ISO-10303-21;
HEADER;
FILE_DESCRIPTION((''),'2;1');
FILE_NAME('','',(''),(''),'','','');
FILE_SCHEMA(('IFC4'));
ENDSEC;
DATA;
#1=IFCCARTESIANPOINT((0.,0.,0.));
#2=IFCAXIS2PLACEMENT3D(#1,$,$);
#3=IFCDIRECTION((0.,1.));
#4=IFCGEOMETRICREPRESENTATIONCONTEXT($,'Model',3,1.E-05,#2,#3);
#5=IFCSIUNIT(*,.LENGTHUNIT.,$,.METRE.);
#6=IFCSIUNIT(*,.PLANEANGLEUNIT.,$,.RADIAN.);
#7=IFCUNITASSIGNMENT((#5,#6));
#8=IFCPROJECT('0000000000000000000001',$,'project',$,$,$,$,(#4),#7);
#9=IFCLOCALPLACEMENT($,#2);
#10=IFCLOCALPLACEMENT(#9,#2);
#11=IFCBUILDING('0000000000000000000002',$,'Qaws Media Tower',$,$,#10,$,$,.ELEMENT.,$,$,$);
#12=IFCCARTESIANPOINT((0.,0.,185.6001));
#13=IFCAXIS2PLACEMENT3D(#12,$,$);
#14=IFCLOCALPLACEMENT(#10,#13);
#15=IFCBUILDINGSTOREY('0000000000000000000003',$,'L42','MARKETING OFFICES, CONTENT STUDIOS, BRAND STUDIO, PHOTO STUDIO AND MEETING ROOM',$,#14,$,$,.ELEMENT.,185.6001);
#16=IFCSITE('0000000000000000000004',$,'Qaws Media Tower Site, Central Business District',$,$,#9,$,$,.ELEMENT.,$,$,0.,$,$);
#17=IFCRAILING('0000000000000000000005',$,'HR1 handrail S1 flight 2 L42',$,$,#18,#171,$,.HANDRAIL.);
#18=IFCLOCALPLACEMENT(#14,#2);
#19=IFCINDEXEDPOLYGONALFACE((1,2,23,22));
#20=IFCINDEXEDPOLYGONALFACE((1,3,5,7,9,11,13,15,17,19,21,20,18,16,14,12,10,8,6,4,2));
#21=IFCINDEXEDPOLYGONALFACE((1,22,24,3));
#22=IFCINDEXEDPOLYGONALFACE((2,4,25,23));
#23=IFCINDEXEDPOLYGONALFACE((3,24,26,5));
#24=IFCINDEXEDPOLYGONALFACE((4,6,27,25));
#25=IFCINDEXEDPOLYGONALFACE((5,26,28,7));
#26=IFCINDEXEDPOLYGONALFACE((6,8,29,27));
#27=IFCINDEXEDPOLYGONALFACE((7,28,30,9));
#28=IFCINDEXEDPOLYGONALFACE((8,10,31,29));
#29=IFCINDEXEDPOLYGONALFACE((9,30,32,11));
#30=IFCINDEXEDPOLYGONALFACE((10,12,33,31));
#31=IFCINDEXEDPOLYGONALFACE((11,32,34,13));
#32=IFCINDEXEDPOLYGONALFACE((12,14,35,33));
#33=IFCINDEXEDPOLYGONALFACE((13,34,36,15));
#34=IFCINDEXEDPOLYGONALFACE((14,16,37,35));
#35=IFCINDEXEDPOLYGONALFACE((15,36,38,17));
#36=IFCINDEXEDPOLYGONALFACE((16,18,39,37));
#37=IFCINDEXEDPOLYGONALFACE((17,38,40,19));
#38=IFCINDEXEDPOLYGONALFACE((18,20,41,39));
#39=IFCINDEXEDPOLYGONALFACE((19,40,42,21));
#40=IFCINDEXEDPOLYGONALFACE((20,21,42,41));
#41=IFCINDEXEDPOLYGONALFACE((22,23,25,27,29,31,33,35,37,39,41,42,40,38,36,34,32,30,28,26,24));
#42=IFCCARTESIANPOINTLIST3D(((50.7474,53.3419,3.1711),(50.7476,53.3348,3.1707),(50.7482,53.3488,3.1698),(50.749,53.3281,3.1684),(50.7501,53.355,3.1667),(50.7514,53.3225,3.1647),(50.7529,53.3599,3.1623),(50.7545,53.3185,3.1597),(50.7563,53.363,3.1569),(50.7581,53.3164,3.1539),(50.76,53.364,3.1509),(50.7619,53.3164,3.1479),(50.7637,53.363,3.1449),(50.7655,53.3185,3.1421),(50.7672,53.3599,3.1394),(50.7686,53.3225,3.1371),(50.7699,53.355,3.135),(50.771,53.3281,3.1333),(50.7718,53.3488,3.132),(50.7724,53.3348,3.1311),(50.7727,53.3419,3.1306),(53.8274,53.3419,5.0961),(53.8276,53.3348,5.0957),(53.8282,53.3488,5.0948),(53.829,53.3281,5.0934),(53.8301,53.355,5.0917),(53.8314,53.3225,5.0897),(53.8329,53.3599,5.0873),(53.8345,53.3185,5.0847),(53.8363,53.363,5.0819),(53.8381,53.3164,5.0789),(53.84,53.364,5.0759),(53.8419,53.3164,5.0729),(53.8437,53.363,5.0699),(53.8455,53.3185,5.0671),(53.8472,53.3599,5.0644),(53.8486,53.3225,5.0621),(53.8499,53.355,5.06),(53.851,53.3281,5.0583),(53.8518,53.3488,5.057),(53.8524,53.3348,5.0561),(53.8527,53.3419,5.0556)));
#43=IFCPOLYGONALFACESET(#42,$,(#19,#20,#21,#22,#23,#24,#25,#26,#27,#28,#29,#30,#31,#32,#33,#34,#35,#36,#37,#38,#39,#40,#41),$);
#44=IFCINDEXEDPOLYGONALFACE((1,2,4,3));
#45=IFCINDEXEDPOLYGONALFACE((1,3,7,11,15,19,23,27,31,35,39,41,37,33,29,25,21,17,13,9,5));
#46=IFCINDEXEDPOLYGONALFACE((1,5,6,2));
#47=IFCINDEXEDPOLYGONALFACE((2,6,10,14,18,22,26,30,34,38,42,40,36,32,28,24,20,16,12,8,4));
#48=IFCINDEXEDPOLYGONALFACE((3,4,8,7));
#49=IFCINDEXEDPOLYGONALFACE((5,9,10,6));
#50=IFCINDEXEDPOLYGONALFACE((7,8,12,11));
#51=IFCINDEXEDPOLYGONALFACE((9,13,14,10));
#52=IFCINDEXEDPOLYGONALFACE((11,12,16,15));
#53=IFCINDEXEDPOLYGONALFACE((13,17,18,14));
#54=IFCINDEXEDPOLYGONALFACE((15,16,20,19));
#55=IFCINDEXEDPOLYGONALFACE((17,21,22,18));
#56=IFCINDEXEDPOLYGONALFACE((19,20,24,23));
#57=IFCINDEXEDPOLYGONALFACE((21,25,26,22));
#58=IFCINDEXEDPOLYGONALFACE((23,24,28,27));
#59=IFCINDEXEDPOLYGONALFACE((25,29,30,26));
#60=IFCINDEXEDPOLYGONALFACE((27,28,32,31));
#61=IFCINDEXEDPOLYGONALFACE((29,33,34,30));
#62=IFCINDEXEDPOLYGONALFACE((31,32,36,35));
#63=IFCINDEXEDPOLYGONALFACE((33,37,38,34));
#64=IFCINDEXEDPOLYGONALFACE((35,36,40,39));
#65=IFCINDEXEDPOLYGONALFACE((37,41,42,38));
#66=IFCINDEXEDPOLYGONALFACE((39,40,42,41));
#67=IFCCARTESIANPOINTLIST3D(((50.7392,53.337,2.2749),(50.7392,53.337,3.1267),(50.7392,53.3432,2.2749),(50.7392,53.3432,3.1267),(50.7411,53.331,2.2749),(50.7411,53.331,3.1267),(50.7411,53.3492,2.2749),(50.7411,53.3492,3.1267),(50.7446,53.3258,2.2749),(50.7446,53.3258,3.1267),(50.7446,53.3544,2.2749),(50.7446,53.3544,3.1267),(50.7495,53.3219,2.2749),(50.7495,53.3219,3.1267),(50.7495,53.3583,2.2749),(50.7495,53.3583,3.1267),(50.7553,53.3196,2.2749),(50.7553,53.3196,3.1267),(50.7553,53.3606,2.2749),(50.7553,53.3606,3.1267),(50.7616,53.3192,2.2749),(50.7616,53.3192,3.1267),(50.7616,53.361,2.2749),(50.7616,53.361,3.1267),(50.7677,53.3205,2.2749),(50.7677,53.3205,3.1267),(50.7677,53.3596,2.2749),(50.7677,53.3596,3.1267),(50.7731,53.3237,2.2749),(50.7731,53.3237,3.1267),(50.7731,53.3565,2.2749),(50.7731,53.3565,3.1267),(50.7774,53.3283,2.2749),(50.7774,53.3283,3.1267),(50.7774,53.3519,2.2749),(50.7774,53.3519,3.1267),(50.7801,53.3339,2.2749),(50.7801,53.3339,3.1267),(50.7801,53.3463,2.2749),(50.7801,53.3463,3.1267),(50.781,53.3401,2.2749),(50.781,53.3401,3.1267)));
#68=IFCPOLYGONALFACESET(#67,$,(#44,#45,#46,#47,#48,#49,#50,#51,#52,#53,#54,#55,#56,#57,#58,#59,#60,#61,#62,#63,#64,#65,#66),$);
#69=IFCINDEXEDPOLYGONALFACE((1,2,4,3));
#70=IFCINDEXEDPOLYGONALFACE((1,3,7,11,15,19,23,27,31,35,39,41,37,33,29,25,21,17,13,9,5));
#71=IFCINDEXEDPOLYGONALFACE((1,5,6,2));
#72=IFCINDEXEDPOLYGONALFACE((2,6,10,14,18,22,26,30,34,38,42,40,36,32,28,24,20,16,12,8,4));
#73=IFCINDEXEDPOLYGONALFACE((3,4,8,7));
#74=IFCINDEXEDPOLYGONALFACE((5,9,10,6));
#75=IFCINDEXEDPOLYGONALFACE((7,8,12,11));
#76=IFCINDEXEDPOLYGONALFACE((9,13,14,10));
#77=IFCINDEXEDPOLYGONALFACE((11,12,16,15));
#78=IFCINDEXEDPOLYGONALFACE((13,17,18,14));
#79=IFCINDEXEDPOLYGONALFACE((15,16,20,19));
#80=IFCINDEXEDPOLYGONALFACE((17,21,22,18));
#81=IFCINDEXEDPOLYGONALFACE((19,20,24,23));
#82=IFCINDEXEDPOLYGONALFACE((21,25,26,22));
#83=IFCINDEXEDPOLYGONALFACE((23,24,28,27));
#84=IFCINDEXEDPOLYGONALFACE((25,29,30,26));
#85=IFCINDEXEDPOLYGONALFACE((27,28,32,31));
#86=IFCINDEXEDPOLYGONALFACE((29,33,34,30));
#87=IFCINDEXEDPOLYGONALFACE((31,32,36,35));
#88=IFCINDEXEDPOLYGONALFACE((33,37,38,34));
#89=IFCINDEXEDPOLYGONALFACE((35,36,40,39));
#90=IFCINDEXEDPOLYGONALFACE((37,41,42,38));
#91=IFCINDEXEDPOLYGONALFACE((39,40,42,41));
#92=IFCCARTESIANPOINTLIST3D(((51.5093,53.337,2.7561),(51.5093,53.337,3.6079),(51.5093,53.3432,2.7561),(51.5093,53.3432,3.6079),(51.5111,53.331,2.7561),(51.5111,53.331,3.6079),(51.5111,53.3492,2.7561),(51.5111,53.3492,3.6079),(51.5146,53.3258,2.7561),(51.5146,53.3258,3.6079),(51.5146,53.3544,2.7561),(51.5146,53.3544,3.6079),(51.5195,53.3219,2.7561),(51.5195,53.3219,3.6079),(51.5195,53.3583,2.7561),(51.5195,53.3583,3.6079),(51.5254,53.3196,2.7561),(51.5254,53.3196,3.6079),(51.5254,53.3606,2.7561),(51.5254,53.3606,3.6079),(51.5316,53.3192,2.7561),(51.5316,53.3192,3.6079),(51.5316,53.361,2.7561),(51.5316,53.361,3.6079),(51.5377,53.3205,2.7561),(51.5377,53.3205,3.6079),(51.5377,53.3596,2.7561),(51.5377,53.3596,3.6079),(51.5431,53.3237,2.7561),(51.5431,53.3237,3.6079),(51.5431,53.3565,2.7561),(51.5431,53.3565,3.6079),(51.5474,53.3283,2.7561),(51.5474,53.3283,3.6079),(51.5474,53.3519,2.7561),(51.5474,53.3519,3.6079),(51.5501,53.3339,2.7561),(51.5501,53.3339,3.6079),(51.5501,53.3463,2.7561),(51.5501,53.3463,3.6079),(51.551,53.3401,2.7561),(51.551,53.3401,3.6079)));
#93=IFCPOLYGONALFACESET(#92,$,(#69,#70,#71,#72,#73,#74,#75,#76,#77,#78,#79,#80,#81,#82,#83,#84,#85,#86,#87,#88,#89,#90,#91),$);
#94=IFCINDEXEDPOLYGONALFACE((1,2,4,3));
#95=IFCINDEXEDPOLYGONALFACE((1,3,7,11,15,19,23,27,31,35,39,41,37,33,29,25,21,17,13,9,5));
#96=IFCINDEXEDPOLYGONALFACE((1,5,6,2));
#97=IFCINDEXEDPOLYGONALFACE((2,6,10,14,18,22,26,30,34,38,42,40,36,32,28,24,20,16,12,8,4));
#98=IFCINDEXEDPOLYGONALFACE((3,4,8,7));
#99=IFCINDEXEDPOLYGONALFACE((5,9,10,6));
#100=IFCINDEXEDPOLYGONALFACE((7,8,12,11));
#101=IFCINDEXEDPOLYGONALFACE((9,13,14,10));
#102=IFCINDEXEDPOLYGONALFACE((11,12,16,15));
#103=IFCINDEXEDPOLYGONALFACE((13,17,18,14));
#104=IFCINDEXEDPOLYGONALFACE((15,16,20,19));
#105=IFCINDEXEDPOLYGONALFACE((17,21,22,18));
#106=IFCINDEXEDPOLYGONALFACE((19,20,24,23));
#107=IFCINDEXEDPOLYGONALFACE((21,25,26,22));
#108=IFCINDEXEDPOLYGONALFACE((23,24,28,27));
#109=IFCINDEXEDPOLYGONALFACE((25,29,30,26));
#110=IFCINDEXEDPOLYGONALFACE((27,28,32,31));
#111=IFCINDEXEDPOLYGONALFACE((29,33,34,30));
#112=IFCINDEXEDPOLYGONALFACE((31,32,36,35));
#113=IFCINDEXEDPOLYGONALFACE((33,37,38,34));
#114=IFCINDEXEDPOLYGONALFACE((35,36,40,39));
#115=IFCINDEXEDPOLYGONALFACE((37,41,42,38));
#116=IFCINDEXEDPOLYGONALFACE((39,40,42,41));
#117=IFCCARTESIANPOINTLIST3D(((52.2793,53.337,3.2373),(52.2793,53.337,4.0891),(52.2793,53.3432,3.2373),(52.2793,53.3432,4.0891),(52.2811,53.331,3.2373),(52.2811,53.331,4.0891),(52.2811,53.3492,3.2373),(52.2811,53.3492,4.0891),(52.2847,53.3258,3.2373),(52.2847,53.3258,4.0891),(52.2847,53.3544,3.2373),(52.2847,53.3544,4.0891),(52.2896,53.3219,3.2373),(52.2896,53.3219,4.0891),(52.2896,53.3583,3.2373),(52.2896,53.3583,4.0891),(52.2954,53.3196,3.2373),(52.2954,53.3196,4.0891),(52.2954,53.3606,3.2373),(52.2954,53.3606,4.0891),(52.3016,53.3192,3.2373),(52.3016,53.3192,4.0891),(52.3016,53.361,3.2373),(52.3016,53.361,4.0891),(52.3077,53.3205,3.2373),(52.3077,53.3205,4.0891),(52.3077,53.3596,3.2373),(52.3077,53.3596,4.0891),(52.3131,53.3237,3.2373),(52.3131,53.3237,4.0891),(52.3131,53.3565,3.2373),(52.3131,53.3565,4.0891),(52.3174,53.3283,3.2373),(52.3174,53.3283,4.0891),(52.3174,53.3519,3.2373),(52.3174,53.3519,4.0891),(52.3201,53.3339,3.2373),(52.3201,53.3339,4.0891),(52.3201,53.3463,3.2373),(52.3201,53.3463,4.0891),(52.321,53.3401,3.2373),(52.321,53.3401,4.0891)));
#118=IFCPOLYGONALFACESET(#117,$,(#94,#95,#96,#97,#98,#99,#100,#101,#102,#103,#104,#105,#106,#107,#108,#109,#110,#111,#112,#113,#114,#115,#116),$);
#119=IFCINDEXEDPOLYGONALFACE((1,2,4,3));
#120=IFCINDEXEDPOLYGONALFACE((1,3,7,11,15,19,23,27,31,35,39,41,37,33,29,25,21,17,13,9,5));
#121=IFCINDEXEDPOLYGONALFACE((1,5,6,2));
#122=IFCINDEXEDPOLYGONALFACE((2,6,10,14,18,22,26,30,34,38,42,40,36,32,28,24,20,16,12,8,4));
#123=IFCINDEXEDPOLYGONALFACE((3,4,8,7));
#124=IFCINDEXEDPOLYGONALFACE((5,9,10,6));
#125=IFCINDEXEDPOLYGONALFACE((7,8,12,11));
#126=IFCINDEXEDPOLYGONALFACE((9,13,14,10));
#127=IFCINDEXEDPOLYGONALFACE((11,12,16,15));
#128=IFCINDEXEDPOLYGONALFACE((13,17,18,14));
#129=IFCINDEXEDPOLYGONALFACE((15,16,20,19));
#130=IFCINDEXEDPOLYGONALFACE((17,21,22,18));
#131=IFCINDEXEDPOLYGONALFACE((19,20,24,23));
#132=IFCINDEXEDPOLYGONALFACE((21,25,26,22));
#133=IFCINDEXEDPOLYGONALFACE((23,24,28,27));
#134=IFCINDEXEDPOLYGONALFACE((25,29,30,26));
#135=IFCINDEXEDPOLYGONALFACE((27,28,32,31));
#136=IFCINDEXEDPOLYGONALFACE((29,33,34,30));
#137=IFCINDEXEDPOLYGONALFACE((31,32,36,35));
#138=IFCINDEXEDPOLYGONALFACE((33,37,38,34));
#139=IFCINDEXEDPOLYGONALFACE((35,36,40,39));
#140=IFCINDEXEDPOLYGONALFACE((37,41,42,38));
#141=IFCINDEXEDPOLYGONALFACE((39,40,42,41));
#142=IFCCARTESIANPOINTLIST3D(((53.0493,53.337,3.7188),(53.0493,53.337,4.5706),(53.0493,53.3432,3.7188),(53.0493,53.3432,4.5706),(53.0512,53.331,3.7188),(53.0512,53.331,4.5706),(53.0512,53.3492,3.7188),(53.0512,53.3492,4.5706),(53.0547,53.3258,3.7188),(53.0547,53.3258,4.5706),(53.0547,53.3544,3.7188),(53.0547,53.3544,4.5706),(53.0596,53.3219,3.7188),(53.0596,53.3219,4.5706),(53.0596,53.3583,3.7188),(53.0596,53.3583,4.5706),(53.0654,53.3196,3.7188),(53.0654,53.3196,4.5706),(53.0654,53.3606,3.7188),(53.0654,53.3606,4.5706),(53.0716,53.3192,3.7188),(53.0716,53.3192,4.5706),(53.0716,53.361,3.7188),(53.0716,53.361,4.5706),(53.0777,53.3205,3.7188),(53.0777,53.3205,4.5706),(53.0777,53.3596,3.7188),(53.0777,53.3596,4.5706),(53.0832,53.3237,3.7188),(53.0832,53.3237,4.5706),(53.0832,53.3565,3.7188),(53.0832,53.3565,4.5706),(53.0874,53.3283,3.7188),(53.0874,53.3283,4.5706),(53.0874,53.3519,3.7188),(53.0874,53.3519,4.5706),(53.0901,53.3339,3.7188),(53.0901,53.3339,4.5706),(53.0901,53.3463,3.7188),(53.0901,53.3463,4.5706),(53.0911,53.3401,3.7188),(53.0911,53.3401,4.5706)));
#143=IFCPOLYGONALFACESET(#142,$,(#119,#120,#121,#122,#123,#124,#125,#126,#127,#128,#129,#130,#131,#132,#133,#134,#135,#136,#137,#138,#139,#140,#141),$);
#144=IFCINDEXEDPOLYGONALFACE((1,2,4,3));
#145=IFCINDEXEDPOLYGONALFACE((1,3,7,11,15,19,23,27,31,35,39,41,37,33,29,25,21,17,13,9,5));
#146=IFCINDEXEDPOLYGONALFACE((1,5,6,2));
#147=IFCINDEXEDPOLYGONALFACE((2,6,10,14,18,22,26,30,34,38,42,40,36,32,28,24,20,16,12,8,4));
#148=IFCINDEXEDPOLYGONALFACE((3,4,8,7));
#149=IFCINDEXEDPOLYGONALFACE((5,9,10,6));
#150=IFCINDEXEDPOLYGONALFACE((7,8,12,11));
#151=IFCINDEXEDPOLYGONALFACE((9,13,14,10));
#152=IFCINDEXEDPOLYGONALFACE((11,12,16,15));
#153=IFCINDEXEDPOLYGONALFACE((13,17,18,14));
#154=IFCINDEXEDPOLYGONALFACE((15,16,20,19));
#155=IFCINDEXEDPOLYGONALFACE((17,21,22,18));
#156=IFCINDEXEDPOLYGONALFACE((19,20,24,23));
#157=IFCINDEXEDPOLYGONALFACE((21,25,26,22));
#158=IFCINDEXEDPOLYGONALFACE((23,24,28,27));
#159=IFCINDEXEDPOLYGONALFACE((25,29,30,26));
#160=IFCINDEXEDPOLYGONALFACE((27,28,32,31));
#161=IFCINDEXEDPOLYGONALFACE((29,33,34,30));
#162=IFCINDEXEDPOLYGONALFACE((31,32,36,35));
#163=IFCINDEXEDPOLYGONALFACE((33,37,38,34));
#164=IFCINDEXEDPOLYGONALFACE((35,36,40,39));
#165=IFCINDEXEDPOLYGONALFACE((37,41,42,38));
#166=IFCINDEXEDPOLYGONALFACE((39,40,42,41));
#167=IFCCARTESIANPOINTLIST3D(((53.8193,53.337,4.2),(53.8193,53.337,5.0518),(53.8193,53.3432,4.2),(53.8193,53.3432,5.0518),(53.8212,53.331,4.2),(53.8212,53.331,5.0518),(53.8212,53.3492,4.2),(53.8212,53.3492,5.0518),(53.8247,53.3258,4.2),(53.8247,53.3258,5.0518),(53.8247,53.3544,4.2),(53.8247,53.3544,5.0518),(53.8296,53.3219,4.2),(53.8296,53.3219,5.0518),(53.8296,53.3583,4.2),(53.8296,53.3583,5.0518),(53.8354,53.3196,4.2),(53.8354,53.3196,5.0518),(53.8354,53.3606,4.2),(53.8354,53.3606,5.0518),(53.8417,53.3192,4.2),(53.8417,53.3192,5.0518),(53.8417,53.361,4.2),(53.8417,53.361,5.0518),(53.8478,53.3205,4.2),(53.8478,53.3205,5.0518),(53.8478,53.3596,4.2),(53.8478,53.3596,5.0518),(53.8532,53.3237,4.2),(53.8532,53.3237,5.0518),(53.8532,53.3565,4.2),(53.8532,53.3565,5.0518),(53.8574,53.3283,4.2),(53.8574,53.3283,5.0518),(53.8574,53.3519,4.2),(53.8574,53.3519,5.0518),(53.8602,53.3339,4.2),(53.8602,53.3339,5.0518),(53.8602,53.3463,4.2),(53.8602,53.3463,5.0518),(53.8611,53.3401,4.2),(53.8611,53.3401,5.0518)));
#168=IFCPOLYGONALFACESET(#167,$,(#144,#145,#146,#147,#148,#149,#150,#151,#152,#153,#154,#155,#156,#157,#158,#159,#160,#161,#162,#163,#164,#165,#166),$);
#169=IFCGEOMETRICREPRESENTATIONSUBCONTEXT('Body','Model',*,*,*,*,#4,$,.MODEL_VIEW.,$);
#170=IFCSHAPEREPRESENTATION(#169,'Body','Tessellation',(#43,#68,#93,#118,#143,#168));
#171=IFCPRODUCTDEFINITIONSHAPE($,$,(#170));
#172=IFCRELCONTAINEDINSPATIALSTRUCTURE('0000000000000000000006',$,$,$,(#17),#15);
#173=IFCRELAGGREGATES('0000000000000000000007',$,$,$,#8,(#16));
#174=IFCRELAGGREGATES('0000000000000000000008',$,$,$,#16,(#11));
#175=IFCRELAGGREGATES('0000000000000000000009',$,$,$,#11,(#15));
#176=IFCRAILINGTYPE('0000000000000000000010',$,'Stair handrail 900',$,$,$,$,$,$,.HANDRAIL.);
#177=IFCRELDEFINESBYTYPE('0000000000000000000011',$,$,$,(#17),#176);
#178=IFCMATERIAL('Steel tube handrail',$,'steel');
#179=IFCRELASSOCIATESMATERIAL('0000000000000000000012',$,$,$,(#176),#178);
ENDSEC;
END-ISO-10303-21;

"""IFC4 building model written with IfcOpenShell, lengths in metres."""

from ifc_helpers import new_model, si_unit, direction, frame, origin, origin_2d, place, context, subcontext, project, spatial, circle, extrude, material, type_object, element, save


model = new_model("IFC4")

# Units and contexts
model_context = context("Model", 3, precision=1e-05, world=origin(), true_north=direction((0.0, 1.0)))
body_context = subcontext(model_context, "Body", "Model", "MODEL_VIEW")
ifc_project = project(units=[si_unit("LENGTHUNIT", "METRE"), si_unit("PLANEANGLEUNIT", "RADIAN")], contexts=[model_context])

# Site, building, storey
site_placement = place(None, origin())
site = spatial("IfcSite", under=ifc_project, at=site_placement, Name="Qaws Media Tower Site, Central Business District", CompositionType="ELEMENT", RefElevation=0.0)
building_placement = place(site_placement, origin())
building = spatial("IfcBuilding", under=site, at=building_placement, Name="Qaws Media Tower", CompositionType="ELEMENT")
storey_placement = place(building_placement, frame((0.0, 0.0, 185.6001)))
storey = spatial("IfcBuildingStorey", under=building, at=storey_placement, Name="L42", Description="MARKETING OFFICES, CONTENT STUDIOS, BRAND STUDIO, PHOTO STUDIO AND MEETING ROOM", CompositionType="ELEMENT", Elevation=185.6001)

# Railing
ifc_material_1 = material(Name="Steel tube handrail", Category="steel")
railing_type = type_object("IfcRailingType", Name="Stair handrail 900", PredefinedType="HANDRAIL", material=ifc_material_1)
for number, where, name in (
    (1, (50.76, 53.3401, 2.2749), "HR1 handrail S1 flight 2 L42"),
):
    element("IfcRailing", number, at=place(storey_placement, frame(where)), inside=storey, type_object=railing_type, Name=name, PredefinedType="HANDRAIL", context=body_context, shape_type="SweptSolid", body=[
        extrude(circle(Radius=0.0239, at=origin_2d()), frame((0.0, 0.0, 0.876), z_axis=(0.847998, 0.0, 0.529999), x_axis=(0.0, 1.0, 0.0)), (0.0, 0.0, 1.0), 3.6321),
        extrude(circle(Radius=0.021, at=origin_2d()), origin(), (0.0, 0.0, 1.0), 0.8518),
        extrude(circle(Radius=0.021, at=origin_2d()), frame((0.77, 0.0, 0.4812)), (0.0, 0.0, 1.0), 0.8518),
        extrude(circle(Radius=0.021, at=origin_2d()), frame((1.54, 0.0, 0.9624)), (0.0, 0.0, 1.0), 0.8518),
        extrude(circle(Radius=0.021, at=origin_2d()), frame((2.3101, 0.0, 1.4438)), (0.0, 0.0, 1.0), 0.8518),
        extrude(circle(Radius=0.021, at=origin_2d()), frame((3.0801, 0.0, 1.925)), (0.0, 0.0, 1.0), 0.8518),
    ])

save(model, "model.ifc")
